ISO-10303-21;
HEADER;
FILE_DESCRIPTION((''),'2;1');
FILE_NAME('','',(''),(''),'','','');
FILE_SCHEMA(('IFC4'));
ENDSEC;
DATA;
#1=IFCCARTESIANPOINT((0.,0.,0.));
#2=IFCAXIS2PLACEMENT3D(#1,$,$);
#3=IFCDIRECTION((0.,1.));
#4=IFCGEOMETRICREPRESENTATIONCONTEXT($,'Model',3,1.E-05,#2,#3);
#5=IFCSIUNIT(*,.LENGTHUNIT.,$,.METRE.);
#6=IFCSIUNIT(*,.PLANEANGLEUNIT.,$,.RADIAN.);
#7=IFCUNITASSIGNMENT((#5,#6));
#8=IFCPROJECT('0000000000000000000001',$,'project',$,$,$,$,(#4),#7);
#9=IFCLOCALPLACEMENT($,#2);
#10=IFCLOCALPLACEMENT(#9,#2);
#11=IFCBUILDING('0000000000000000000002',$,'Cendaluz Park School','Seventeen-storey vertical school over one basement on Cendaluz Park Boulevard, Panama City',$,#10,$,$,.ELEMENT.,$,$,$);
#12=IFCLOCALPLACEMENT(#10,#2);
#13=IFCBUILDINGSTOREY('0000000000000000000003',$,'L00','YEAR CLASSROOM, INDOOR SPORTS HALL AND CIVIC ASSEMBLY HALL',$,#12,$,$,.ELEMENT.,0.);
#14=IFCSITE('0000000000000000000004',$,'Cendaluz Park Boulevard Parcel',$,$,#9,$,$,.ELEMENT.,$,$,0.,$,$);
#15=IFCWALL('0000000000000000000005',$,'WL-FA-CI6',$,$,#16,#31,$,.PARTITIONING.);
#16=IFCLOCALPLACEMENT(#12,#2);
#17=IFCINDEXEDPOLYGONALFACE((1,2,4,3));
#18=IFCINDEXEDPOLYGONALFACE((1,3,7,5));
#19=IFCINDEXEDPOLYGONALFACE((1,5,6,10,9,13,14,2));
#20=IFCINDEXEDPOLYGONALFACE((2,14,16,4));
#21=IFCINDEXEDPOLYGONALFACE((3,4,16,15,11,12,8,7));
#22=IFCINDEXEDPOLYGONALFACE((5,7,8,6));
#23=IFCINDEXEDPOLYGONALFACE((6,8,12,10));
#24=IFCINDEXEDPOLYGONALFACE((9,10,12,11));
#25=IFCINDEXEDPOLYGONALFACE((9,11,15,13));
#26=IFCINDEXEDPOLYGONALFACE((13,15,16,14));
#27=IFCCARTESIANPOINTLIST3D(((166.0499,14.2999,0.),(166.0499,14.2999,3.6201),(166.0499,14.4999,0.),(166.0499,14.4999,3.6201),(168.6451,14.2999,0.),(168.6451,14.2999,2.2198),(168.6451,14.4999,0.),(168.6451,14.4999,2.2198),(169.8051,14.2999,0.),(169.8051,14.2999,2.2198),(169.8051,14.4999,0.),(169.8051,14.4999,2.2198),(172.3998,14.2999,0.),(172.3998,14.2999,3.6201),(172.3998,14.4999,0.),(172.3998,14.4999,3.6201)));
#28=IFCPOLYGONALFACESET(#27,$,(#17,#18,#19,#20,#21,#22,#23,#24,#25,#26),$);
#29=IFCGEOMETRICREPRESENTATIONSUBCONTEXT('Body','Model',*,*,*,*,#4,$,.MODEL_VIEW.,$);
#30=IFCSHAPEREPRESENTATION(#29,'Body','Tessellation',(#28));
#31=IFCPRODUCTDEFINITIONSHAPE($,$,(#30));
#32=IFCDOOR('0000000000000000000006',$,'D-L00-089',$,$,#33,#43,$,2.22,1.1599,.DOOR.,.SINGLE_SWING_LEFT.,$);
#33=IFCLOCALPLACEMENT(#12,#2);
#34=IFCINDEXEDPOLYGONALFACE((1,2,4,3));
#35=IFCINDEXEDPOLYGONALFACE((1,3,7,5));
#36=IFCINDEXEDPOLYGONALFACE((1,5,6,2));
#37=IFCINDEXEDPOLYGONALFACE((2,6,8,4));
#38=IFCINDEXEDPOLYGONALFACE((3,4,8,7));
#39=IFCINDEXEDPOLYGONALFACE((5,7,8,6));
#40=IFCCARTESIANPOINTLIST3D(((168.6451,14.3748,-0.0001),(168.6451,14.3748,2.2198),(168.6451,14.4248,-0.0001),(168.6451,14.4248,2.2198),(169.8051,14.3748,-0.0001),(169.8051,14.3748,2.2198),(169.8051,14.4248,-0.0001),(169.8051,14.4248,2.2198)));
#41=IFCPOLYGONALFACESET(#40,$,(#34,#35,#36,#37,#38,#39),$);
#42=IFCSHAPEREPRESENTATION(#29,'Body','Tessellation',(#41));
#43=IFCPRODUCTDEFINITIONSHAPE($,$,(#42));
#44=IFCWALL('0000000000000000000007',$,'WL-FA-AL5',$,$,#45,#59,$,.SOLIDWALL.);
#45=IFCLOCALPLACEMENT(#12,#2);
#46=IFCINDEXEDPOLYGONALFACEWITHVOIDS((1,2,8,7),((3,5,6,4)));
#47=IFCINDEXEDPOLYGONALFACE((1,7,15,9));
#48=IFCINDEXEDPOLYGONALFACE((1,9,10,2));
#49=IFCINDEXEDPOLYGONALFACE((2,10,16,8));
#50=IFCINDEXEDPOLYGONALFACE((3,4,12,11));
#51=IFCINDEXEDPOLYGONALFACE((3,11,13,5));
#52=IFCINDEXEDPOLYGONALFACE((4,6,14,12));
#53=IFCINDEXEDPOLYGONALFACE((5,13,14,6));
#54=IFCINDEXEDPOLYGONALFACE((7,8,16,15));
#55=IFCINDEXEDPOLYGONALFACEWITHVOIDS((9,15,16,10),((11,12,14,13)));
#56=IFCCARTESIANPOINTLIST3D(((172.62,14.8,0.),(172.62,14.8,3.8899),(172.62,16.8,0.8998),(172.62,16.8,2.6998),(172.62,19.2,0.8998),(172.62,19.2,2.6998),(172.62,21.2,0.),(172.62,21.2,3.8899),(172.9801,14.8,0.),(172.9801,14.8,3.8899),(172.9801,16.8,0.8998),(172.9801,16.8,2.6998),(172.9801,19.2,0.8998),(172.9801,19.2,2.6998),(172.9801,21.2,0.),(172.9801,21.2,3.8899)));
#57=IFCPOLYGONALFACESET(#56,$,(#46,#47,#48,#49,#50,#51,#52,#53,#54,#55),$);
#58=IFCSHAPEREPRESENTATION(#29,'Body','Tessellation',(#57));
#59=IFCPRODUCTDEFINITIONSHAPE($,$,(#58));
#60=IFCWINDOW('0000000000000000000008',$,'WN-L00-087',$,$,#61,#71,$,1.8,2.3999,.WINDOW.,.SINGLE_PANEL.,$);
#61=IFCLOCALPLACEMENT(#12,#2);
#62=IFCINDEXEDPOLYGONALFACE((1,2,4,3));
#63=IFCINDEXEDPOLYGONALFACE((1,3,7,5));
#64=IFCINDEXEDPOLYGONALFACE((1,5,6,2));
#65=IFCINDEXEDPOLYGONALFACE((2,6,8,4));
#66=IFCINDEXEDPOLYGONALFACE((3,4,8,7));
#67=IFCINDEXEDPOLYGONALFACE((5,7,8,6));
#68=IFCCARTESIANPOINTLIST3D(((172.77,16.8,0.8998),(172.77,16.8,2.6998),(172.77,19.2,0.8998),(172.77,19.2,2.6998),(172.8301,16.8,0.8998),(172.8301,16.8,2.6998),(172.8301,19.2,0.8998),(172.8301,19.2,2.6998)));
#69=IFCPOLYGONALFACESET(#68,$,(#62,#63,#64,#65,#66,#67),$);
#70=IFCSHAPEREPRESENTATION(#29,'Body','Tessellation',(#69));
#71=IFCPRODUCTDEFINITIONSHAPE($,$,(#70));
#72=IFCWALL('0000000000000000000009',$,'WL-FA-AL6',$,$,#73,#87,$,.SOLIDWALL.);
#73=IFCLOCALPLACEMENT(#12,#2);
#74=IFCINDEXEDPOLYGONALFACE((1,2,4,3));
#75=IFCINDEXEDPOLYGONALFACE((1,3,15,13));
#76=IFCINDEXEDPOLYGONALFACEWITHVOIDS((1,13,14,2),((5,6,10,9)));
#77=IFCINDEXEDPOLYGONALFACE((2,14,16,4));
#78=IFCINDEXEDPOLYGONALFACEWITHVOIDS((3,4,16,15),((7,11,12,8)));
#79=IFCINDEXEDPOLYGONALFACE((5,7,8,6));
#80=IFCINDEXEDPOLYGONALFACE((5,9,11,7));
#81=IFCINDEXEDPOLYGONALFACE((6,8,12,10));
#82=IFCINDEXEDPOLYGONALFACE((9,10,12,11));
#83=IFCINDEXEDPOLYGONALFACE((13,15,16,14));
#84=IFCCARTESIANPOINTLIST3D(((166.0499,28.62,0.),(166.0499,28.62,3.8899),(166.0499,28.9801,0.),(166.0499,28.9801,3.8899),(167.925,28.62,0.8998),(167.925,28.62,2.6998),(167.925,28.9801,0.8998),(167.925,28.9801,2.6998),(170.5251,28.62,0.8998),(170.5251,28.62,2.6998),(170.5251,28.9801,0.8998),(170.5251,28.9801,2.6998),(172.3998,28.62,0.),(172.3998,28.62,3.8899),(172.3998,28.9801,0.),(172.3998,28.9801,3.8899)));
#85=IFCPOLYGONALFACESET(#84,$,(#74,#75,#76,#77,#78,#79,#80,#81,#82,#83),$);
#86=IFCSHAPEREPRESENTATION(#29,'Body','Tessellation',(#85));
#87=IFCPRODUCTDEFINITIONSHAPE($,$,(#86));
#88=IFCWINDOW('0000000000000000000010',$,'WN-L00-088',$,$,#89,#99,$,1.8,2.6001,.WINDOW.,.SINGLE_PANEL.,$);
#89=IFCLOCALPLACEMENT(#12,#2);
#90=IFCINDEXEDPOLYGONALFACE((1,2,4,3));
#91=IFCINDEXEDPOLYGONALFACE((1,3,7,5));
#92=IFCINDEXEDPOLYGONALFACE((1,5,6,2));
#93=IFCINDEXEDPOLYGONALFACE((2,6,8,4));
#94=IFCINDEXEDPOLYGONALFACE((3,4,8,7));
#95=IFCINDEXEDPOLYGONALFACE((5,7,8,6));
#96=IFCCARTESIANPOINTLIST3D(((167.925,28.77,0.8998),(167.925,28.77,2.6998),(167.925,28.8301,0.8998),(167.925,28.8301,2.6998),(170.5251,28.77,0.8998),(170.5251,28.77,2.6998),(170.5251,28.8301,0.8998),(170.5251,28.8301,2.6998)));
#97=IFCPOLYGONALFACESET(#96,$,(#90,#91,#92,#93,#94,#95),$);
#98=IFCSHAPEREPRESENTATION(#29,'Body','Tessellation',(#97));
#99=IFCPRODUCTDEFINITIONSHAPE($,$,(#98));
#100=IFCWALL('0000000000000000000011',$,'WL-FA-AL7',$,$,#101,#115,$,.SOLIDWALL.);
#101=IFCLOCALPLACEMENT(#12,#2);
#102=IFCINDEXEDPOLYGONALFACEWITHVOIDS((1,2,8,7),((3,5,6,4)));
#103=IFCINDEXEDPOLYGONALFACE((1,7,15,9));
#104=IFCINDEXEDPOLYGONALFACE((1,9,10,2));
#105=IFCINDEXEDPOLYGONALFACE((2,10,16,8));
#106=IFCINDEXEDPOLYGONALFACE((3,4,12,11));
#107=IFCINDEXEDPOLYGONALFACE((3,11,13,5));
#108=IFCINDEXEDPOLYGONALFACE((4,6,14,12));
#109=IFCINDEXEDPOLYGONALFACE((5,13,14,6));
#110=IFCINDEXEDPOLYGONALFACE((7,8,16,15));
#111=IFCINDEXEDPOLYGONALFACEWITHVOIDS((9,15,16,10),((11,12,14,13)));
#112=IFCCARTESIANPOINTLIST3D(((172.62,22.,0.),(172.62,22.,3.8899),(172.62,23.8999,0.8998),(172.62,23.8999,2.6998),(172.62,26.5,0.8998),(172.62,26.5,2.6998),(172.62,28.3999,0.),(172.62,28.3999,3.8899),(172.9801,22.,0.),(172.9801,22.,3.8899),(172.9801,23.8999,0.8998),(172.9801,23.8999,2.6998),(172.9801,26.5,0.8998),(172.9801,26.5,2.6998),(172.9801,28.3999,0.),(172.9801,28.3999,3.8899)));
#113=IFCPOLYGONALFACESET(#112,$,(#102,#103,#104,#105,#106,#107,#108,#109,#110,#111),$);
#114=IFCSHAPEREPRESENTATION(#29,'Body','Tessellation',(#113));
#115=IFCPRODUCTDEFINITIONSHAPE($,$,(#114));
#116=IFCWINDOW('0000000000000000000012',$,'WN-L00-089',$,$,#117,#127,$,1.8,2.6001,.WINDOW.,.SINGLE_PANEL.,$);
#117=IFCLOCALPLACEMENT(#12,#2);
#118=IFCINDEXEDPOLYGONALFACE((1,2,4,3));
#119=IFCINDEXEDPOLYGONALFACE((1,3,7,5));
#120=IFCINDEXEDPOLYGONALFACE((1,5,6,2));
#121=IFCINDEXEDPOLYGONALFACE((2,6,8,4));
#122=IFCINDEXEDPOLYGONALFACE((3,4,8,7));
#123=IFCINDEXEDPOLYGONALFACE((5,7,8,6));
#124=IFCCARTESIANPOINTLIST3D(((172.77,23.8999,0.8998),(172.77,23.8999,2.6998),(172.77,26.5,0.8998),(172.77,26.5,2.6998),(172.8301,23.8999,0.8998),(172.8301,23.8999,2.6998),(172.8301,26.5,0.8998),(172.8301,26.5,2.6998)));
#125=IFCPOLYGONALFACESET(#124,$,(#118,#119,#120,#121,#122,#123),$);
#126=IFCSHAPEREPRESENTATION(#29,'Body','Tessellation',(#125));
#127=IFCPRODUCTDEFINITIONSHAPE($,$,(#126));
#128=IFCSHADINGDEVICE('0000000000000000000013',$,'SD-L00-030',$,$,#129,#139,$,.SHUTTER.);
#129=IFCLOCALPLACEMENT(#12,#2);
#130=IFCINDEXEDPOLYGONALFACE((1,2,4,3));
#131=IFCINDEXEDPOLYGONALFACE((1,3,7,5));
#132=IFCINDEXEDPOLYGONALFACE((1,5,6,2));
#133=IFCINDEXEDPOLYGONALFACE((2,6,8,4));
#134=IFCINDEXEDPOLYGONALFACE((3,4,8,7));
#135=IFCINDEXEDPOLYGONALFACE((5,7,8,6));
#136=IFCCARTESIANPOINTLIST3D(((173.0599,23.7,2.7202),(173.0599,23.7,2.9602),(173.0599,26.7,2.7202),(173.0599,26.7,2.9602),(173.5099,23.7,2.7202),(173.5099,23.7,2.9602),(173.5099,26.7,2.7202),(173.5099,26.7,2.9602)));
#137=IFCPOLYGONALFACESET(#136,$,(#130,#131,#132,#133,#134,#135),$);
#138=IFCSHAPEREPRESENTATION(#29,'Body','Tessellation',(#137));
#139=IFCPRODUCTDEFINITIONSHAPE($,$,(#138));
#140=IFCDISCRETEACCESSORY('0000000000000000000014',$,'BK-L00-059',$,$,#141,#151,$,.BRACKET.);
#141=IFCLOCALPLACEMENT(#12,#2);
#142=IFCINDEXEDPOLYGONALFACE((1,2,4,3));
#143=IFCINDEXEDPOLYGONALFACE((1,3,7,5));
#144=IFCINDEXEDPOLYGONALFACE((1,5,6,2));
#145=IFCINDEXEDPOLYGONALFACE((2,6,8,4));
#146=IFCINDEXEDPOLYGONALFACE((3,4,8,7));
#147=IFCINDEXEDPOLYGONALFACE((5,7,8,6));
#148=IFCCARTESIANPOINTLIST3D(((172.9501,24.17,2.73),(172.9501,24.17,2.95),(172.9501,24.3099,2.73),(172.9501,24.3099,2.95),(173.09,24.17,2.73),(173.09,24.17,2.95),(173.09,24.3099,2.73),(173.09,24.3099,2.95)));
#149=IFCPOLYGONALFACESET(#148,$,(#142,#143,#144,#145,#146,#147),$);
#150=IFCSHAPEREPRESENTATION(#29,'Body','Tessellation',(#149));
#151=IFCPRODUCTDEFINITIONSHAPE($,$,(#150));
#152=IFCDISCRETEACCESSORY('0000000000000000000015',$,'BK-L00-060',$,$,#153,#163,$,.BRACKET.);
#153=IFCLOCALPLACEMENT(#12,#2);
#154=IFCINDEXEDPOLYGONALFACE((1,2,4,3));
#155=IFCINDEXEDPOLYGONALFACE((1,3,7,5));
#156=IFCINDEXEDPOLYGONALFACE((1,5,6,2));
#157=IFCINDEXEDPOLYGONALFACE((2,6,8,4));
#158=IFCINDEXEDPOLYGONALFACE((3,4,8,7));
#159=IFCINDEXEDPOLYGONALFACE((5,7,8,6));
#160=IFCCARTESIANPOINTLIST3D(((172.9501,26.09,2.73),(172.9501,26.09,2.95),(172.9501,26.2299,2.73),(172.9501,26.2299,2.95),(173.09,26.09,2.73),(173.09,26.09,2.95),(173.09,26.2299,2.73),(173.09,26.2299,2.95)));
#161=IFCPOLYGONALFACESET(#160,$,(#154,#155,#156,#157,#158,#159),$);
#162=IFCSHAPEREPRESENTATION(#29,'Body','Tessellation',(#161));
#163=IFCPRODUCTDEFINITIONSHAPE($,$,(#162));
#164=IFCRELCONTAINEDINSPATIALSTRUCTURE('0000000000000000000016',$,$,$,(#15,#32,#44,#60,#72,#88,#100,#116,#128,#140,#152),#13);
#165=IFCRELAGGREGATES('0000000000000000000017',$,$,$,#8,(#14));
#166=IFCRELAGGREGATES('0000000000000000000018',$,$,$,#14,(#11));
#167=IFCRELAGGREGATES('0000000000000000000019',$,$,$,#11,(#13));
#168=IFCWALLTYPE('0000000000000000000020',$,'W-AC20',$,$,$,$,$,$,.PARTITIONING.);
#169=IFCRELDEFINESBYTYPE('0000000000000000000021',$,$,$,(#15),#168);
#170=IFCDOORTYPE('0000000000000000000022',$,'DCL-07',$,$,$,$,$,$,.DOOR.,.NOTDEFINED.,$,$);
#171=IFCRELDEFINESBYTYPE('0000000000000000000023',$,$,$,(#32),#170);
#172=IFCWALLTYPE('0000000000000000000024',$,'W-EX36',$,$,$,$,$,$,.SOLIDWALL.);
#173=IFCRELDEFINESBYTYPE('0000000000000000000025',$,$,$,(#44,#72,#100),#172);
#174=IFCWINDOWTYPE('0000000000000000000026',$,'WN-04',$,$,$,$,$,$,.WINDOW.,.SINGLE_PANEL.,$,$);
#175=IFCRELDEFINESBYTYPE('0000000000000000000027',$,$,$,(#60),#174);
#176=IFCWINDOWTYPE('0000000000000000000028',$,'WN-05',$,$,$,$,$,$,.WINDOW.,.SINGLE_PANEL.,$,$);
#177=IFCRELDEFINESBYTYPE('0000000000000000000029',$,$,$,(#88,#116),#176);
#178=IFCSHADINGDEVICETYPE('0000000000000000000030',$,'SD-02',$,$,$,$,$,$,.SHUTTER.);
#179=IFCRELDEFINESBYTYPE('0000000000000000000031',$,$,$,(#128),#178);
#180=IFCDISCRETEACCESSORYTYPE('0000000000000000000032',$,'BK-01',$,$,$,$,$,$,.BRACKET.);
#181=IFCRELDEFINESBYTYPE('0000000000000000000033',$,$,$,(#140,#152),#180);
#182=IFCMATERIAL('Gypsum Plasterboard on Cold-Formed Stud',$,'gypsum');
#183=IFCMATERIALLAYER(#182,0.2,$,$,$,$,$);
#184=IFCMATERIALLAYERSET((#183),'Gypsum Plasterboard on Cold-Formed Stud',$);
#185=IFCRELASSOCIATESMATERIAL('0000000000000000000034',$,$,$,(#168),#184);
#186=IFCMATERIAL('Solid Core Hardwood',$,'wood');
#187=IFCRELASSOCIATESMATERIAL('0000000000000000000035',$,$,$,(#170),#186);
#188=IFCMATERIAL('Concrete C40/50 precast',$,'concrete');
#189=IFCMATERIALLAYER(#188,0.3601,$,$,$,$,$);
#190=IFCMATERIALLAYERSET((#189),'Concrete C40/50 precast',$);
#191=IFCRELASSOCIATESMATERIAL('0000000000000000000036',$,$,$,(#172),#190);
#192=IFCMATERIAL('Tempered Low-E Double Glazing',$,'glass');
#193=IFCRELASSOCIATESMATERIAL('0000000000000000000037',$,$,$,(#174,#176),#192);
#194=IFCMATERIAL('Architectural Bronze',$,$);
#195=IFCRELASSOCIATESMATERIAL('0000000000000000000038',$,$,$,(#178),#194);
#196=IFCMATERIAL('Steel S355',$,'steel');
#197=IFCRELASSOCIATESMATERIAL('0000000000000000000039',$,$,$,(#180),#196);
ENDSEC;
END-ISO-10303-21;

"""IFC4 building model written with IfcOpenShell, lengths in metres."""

from ifc_helpers import new_model, si_unit, direction, frame, frame_2d, origin, origin_2d, place, context, subcontext, project, spatial, rectangle, extrude, material, layer, layer_set, type_object, element, fill, save


model = new_model("IFC4")

# Units and contexts
model_context = context("Model", 3, precision=1e-05, world=origin(), true_north=direction((0.0, 1.0)))
body_context = subcontext(model_context, "Body", "Model", "MODEL_VIEW")
ifc_project = project(units=[si_unit("LENGTHUNIT", "METRE"), si_unit("PLANEANGLEUNIT", "RADIAN")], contexts=[model_context])

# Site, building, storey
site_placement = place(None, origin())
site = spatial("IfcSite", under=ifc_project, at=site_placement, Name="Cendaluz Park Boulevard Parcel", CompositionType="ELEMENT", RefElevation=0.0)
building_placement = place(site_placement, origin())
building = spatial("IfcBuilding", under=site, at=building_placement, Name="Cendaluz Park School", Description="Seventeen-storey vertical school over one basement on Cendaluz Park Boulevard, Panama City", CompositionType="ELEMENT")
storey_placement = place(building_placement, origin())
storey = spatial("IfcBuildingStorey", under=building, at=storey_placement, Name="L00", Description="YEAR CLASSROOM, INDOOR SPORTS HALL AND CIVIC ASSEMBLY HALL", CompositionType="ELEMENT", Elevation=0.0)

# Shared definitions
ifc_material_1 = material(Name="Gypsum Plasterboard on Cold-Formed Stud", Category="gypsum")
ifc_layer_1 = layer(ifc_material_1, 0.2)
ifc_layer_set_1 = layer_set([ifc_layer_1], Name="Gypsum Plasterboard on Cold-Formed Stud")
wall_type_1 = type_object("IfcWallType", Name="W-AC20", PredefinedType="PARTITIONING", material=ifc_layer_set_1)

# Wall, opening, door
wall_1_placement = place(storey_placement, frame((166.05, 14.3999, 0.0), z_axis=(0.0, 0.0, 1.0), x_axis=(1.0, 0.0, 0.0)))
wall_1 = element("IfcWall", 1, at=wall_1_placement, inside=storey, type_object=wall_type_1, Name="WL-FA-CI6", PredefinedType="PARTITIONING", context=body_context, shape_type="SweptSolid", body=[
    extrude(rectangle(XDim=6.3499, YDim=0.2, at=frame_2d((3.1748, 0.0))), origin(), (0.0, 0.0, 1.0), 3.6201),
])
opening_1_placement = place(wall_1_placement, frame((2.595, 0.0, 0.0)))
opening_1 = element("IfcOpeningElement", 2, at=opening_1_placement, cuts=wall_1, PredefinedType="OPENING", context=body_context, shape_type="SweptSolid", body=[
    extrude(rectangle(XDim=1.1599, YDim=2.22, at=frame_2d((0.5801, 1.1099))), frame((0.0, 0.1121, 0.0), z_axis=(0.0, -1.0, 0.0), x_axis=(1.0, 0.0, 0.0)), (0.0, 0.0, 1.0), 0.2239),
])
ifc_material_2 = material(Name="Solid Core Hardwood", Category="wood")
door_type = type_object("IfcDoorType", Name="DCL-07", OperationType="NOTDEFINED", PredefinedType="DOOR", material=ifc_material_2)
door_placement = place(opening_1_placement, origin())
door = element("IfcDoor", 3, at=door_placement, inside=storey, type_object=door_type, Name="D-L00-089", OperationType="SINGLE_SWING_LEFT", OverallHeight=2.22, OverallWidth=1.1599, PredefinedType="DOOR", context=body_context, shape_type="SweptSolid", body=[
    extrude(rectangle(XDim=1.1599, YDim=2.22, at=frame_2d((0.5801, 1.1099))), frame((0.0, 0.0249, 0.0), z_axis=(0.0, -1.0, 0.0), x_axis=(1.0, 0.0, 0.0)), (0.0, 0.0, 1.0), 0.05),
])
fill(opening_1, door)

# Walls, openings, windows
ifc_material_3 = material(Name="Concrete C40/50 precast", Category="concrete")
ifc_layer_2 = layer(ifc_material_3, 0.3601)
ifc_layer_set_2 = layer_set([ifc_layer_2], Name="Concrete C40/50 precast")
wall_type_2 = type_object("IfcWallType", Name="W-EX36", PredefinedType="SOLIDWALL", material=ifc_layer_set_2)
wall_2_placement = place(storey_placement, frame((172.8, 14.8, 0.0), z_axis=(0.0, 0.0, 1.0), x_axis=(0.0, 1.0, 0.0)))
wall_2 = element("IfcWall", 4, at=wall_2_placement, inside=storey, type_object=wall_type_2, Name="WL-FA-AL5", PredefinedType="SOLIDWALL", context=body_context, shape_type="SweptSolid", body=[
    extrude(rectangle(XDim=6.3999, YDim=0.3601, at=frame_2d((3.2, 0.0))), origin(), (0.0, 0.0, 1.0), 3.8899),
])
opening_2_placement = place(wall_2_placement, frame((2.0, 0.0, 0.8999)))
opening_2 = element("IfcOpeningElement", 5, at=opening_2_placement, cuts=wall_2, PredefinedType="OPENING", context=body_context, shape_type="SweptSolid", body=[
    extrude(rectangle(XDim=2.3999, YDim=1.8, at=frame_2d((1.2, 0.8999))), frame((0.0, 0.1921, 0.0), z_axis=(0.0, -1.0, 0.0), x_axis=(1.0, 0.0, 0.0)), (0.0, 0.0, 1.0), 0.384),
])
ifc_material_4 = material(Name="Tempered Low-E Double Glazing", Category="glass")
window_type_1 = type_object("IfcWindowType", Name="WN-04", PartitioningType="SINGLE_PANEL", PredefinedType="WINDOW", material=ifc_material_4)
window_1_placement = place(opening_2_placement, origin())
window_1 = element("IfcWindow", 6, at=window_1_placement, inside=storey, type_object=window_type_1, Name="WN-L00-087", OverallHeight=1.8, OverallWidth=2.3999, PartitioningType="SINGLE_PANEL", PredefinedType="WINDOW", context=body_context, shape_type="SweptSolid", body=[
    extrude(rectangle(XDim=2.3999, YDim=1.8, at=frame_2d((1.2, 0.8999))), frame((0.0, 0.03, 0.0), z_axis=(0.0, -1.0, 0.0), x_axis=(1.0, 0.0, 0.0)), (0.0, 0.0, 1.0), 0.0601),
])
fill(opening_2, window_1)
wall_3_placement = place(storey_placement, frame((166.05, 28.8, 0.0), z_axis=(0.0, 0.0, 1.0), x_axis=(1.0, 0.0, 0.0)))
wall_3 = element("IfcWall", 7, at=wall_3_placement, inside=storey, type_object=wall_type_2, Name="WL-FA-AL6", PredefinedType="SOLIDWALL", context=body_context, shape_type="SweptSolid", body=[
    extrude(rectangle(XDim=6.3499, YDim=0.3601, at=frame_2d((3.1748, 0.0))), origin(), (0.0, 0.0, 1.0), 3.8899),
])
opening_3_placement = place(wall_3_placement, frame((1.875, 0.0, 0.8999)))
opening_3 = element("IfcOpeningElement", 8, at=opening_3_placement, cuts=wall_3, PredefinedType="OPENING", context=body_context, shape_type="SweptSolid", body=[
    extrude(rectangle(XDim=2.6001, YDim=1.8, at=frame_2d((1.3, 0.8999))), frame((0.0, 0.1921, 0.0), z_axis=(0.0, -1.0, 0.0), x_axis=(1.0, 0.0, 0.0)), (0.0, 0.0, 1.0), 0.384),
])
window_type_2 = type_object("IfcWindowType", Name="WN-05", PartitioningType="SINGLE_PANEL", PredefinedType="WINDOW", material=ifc_material_4)
window_2_placement = place(opening_3_placement, origin())
window_2 = element("IfcWindow", 9, at=window_2_placement, inside=storey, type_object=window_type_2, Name="WN-L00-088", OverallHeight=1.8, OverallWidth=2.6001, PartitioningType="SINGLE_PANEL", PredefinedType="WINDOW", context=body_context, shape_type="SweptSolid", body=[
    extrude(rectangle(XDim=2.6001, YDim=1.8, at=frame_2d((1.3, 0.8999))), frame((0.0, 0.03, 0.0), z_axis=(0.0, -1.0, 0.0), x_axis=(1.0, 0.0, 0.0)), (0.0, 0.0, 1.0), 0.0601),
])
fill(opening_3, window_2)
wall_4_placement = place(storey_placement, frame((172.8, 22.0, 0.0), z_axis=(0.0, 0.0, 1.0), x_axis=(0.0, 1.0, 0.0)))
wall_4 = element("IfcWall", 10, at=wall_4_placement, inside=storey, type_object=wall_type_2, Name="WL-FA-AL7", PredefinedType="SOLIDWALL", context=body_context, shape_type="SweptSolid", body=[
    extrude(rectangle(XDim=6.3999, YDim=0.3601, at=frame_2d((3.2, 0.0))), origin(), (0.0, 0.0, 1.0), 3.8899),
])
opening_4_placement = place(wall_4_placement, frame((1.8999, 0.0, 0.8999)))
opening_4 = element("IfcOpeningElement", 11, at=opening_4_placement, cuts=wall_4, PredefinedType="OPENING", context=body_context, shape_type="SweptSolid", body=[
    extrude(rectangle(XDim=2.6001, YDim=1.8, at=frame_2d((1.3, 0.8999))), frame((0.0, 0.1921, 0.0), z_axis=(0.0, -1.0, 0.0), x_axis=(1.0, 0.0, 0.0)), (0.0, 0.0, 1.0), 0.384),
])
window_3_placement = place(opening_4_placement, origin())
window_3 = element("IfcWindow", 12, at=window_3_placement, inside=storey, type_object=window_type_2, Name="WN-L00-089", OverallHeight=1.8, OverallWidth=2.6001, PartitioningType="SINGLE_PANEL", PredefinedType="WINDOW", context=body_context, shape_type="SweptSolid", body=[
    extrude(rectangle(XDim=2.6001, YDim=1.8, at=frame_2d((1.3, 0.8999))), frame((0.0, 0.03, 0.0), z_axis=(0.0, -1.0, 0.0), x_axis=(1.0, 0.0, 0.0)), (0.0, 0.0, 1.0), 0.0601),
])
fill(opening_4, window_3)

# Shading device
ifc_material_5 = material(Name="Architectural Bronze")
shading_device_type = type_object("IfcShadingDeviceType", Name="SD-02", PredefinedType="SHUTTER", material=ifc_material_5)
shading_device_placement = place(storey_placement, frame((173.2849, 25.2, 2.7202), z_axis=(0.0, 0.0, 1.0), x_axis=(0.0, 1.0, 0.0)))
element("IfcShadingDevice", 13, at=shading_device_placement, inside=storey, type_object=shading_device_type, Name="SD-L00-030", PredefinedType="SHUTTER", context=body_context, shape_type="SweptSolid", body=[
    extrude(rectangle(XDim=3.0, YDim=0.45, at=origin_2d()), origin(), (0.0, 0.0, 1.0), 0.24),
])

# Discrete accessories
ifc_material_6 = material(Name="Steel S355", Category="steel")
discrete_accessory_type = type_object("IfcDiscreteAccessoryType", Name="BK-01", PredefinedType="BRACKET", material=ifc_material_6)
for number, where, z_axis, x_axis, name in (
    (14, (173.02, 24.24, 2.73), (0.0, 0.0, 1.0), (0.0, 1.0, 0.0), "BK-L00-059"),
    (15, (173.02, 26.1599, 2.73), (0.0, 0.0, 1.0), (0.0, 1.0, 0.0), "BK-L00-060"),
):
    element("IfcDiscreteAccessory", number, at=place(storey_placement, frame(where, z_axis=z_axis, x_axis=x_axis)), inside=storey, type_object=discrete_accessory_type, Name=name, PredefinedType="BRACKET", context=body_context, shape_type="SweptSolid", body=[
        extrude(rectangle(XDim=0.1399, YDim=0.1399, at=origin_2d()), origin(), (0.0, 0.0, 1.0), 0.22),
    ])

save(model, "model.ifc")
